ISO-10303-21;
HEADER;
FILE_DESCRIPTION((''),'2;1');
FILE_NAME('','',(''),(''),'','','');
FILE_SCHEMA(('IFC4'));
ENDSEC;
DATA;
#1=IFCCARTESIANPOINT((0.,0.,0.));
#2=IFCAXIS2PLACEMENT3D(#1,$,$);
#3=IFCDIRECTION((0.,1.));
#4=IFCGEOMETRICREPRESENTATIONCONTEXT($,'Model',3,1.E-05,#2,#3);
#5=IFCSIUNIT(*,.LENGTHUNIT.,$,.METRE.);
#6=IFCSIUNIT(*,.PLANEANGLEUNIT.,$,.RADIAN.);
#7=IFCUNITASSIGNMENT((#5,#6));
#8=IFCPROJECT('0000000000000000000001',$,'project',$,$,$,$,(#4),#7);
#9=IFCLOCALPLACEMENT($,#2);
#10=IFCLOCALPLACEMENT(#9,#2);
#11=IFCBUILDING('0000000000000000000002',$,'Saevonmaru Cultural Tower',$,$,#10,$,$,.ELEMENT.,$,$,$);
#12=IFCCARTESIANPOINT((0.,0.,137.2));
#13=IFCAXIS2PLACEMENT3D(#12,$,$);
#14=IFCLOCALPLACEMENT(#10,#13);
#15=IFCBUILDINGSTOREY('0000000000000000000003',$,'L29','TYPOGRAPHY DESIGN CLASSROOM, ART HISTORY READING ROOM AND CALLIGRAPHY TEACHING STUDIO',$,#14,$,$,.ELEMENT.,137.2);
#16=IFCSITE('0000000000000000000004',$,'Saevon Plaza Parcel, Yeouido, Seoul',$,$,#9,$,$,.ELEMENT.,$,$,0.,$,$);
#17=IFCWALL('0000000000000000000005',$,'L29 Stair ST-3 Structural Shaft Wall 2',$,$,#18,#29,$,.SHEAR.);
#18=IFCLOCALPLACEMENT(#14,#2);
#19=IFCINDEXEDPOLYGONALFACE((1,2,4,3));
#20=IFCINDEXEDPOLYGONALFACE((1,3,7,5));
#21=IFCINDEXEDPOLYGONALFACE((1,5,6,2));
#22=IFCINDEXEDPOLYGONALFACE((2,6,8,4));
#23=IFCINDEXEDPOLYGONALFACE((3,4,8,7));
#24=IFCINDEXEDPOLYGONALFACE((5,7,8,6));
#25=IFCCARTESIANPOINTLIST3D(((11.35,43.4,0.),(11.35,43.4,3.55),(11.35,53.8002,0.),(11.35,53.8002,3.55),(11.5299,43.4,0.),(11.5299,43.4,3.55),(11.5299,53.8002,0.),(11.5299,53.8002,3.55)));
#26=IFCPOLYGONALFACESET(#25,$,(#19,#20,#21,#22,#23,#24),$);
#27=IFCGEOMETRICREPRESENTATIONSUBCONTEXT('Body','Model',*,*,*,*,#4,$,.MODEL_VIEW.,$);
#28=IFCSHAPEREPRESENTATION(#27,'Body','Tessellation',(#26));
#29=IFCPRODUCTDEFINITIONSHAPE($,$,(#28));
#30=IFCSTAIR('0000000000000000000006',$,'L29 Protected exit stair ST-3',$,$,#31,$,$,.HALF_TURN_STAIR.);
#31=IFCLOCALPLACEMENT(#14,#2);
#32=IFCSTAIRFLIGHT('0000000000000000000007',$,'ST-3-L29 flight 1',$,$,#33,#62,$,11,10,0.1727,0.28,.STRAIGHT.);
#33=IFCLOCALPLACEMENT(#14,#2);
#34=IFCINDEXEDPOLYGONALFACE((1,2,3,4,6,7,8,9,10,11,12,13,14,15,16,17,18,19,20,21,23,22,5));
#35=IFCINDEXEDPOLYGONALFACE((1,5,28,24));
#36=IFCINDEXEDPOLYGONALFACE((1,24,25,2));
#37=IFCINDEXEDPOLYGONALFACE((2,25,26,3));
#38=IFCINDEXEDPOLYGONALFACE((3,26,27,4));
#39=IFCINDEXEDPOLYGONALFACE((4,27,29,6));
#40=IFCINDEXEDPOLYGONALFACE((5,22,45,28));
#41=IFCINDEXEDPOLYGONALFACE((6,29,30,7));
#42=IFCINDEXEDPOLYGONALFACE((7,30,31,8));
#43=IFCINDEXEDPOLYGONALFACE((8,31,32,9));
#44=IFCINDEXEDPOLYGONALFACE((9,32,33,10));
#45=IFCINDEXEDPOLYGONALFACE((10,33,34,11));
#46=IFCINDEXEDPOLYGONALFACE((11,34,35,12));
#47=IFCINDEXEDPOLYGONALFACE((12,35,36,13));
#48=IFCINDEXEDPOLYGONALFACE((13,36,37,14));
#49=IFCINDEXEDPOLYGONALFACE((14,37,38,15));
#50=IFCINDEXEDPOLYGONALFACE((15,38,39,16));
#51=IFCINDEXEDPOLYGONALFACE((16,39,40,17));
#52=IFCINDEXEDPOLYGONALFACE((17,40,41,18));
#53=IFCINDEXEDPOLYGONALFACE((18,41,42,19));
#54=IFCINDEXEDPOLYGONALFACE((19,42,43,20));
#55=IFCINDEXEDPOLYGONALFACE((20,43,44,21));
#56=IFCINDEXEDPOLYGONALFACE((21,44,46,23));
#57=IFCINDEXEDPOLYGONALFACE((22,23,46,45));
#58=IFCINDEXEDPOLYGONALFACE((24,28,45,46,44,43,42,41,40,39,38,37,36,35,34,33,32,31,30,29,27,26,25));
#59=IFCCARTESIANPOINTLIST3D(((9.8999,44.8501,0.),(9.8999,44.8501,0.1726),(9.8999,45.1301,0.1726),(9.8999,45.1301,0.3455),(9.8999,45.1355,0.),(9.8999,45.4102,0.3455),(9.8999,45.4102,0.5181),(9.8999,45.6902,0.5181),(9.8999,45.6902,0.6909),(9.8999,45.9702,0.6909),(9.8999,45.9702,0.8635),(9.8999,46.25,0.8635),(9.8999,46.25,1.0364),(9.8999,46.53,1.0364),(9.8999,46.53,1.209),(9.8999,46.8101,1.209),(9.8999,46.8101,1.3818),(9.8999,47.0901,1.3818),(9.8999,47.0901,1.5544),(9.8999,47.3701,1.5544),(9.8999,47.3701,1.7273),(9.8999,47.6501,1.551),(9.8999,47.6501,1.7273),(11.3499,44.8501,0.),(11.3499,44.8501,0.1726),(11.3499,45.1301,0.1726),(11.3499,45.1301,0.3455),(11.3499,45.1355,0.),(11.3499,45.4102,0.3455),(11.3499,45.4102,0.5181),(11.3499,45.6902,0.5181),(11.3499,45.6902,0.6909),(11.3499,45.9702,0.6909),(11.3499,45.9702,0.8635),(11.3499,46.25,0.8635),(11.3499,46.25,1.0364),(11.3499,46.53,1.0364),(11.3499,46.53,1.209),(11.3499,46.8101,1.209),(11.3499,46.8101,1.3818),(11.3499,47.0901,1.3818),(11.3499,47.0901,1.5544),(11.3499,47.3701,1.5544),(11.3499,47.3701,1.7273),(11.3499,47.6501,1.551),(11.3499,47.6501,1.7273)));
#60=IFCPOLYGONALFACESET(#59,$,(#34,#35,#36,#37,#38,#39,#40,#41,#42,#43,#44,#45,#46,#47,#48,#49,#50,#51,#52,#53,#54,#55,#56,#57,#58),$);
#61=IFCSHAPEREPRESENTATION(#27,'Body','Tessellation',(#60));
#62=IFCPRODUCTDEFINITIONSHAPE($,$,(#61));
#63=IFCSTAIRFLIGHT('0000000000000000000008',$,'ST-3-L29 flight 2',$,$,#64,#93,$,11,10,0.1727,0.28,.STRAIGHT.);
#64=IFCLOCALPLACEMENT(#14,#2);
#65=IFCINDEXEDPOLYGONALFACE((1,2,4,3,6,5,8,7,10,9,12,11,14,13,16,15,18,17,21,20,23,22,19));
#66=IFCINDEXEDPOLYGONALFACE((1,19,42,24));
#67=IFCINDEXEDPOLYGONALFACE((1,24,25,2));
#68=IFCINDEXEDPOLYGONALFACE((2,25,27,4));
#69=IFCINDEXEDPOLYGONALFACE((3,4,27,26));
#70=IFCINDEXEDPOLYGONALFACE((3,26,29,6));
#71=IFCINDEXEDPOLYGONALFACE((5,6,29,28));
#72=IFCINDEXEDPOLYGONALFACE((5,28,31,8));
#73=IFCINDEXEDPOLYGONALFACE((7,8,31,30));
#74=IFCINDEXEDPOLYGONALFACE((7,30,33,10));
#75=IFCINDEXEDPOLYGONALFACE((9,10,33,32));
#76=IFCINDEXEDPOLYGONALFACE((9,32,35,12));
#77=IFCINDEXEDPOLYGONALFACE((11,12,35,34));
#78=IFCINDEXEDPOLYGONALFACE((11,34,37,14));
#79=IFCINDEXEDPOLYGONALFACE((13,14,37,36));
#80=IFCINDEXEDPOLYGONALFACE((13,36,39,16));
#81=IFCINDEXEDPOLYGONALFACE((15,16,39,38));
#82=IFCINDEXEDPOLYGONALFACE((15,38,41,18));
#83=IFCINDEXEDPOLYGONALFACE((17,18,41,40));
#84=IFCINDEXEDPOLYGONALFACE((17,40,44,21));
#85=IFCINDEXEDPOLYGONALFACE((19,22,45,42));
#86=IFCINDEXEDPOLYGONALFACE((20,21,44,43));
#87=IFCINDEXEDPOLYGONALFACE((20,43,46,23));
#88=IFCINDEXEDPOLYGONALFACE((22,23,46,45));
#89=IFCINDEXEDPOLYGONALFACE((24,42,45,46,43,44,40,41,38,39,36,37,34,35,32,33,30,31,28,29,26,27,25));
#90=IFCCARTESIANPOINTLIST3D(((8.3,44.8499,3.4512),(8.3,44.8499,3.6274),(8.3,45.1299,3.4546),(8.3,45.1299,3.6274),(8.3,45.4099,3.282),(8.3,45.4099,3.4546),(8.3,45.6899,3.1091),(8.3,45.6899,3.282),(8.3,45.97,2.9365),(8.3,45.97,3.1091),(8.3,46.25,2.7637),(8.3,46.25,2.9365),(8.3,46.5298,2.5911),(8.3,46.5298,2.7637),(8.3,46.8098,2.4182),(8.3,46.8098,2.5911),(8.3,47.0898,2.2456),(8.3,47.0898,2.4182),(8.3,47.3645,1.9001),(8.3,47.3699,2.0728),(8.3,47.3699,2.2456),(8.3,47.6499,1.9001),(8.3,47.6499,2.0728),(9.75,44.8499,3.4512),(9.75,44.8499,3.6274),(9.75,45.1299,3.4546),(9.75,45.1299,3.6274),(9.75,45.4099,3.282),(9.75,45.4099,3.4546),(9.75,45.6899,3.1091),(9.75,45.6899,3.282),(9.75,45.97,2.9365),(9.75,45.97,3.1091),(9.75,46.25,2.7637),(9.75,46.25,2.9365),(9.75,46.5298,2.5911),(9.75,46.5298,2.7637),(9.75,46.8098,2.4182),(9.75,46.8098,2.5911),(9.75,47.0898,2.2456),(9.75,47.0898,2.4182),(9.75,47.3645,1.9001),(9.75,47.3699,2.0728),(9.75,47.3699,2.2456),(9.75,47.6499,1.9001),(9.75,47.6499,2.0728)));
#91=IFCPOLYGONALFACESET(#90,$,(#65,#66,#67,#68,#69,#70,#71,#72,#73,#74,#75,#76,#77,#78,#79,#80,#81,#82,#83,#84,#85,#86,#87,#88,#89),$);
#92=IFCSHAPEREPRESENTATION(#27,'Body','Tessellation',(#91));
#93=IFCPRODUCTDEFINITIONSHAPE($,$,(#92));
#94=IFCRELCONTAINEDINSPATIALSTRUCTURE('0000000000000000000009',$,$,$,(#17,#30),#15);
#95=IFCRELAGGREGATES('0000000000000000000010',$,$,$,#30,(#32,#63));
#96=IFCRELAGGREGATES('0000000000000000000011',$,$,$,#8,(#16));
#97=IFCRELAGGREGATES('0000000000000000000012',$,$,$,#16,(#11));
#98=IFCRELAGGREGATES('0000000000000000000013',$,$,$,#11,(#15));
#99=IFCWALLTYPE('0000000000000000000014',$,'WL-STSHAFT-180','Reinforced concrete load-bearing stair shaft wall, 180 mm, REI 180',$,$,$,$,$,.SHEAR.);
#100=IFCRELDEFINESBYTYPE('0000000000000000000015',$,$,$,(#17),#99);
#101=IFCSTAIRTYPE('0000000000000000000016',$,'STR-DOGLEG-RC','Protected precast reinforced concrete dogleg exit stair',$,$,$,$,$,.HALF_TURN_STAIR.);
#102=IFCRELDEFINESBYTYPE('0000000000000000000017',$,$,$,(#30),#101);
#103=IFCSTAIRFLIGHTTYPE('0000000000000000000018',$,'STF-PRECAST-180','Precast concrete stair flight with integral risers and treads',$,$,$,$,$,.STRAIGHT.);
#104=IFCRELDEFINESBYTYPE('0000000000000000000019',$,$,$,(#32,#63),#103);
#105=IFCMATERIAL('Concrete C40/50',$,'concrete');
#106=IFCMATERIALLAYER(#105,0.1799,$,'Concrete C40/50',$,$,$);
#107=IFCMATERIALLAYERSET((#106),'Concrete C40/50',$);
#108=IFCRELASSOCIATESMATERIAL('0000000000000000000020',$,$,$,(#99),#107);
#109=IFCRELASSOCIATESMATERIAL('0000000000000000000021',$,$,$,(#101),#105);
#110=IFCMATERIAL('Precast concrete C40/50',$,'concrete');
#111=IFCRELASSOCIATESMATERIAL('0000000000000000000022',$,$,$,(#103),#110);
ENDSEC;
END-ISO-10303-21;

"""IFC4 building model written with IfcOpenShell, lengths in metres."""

from ifc_helpers import new_model, si_unit, direction, frame, frame_2d, origin, place, context, subcontext, project, spatial, polyline, rectangle, outline, extrude, material, layer, layer_set, type_object, element, aggregate, save


model = new_model("IFC4")

# Units and contexts
model_context = context("Model", 3, precision=1e-05, world=origin(), true_north=direction((0.0, 1.0)))
body_context = subcontext(model_context, "Body", "Model", "MODEL_VIEW")
ifc_project = project(units=[si_unit("LENGTHUNIT", "METRE"), si_unit("PLANEANGLEUNIT", "RADIAN")], contexts=[model_context])

# Site, building, storey
site_placement = place(None, origin())
site = spatial("IfcSite", under=ifc_project, at=site_placement, Name="Saevon Plaza Parcel, Yeouido, Seoul", CompositionType="ELEMENT", RefElevation=0.0)
building_placement = place(site_placement, origin())
building = spatial("IfcBuilding", under=site, at=building_placement, Name="Saevonmaru Cultural Tower", CompositionType="ELEMENT")
storey_placement = place(building_placement, frame((0.0, 0.0, 137.2)))
storey = spatial("IfcBuildingStorey", under=building, at=storey_placement, Name="L29", Description="TYPOGRAPHY DESIGN CLASSROOM, ART HISTORY READING ROOM AND CALLIGRAPHY TEACHING STUDIO", CompositionType="ELEMENT", Elevation=137.2)

# Shared definitions
ifc_material_1 = material(Name="Concrete C40/50", Category="concrete")
ifc_layer_1 = layer(ifc_material_1, 0.1799, Name="Concrete C40/50")
ifc_layer_set_1 = layer_set([ifc_layer_1], Name="Concrete C40/50")
wall_type_1 = type_object("IfcWallType", Name="WL-STSHAFT-180", Description="Reinforced concrete load-bearing stair shaft wall, 180 mm, REI 180", PredefinedType="SHEAR", material=ifc_layer_set_1)

# Wall
wall_1_placement = place(storey_placement, frame((11.4399, 43.3999, 0.0), z_axis=(0.0, 0.0, 1.0), x_axis=(0.0, 1.0, 0.0)))
element("IfcWall", 1, at=wall_1_placement, inside=storey, type_object=wall_type_1, Name="L29 Stair ST-3 Structural Shaft Wall 2", PredefinedType="SHEAR", context=body_context, shape_type="SweptSolid", body=[
    extrude(rectangle(XDim=10.4001, YDim=0.1799, at=frame_2d((5.2002, 0.0))), origin(), (0.0, 0.0, 1.0), 3.55),
])

# Stair, stair flights
stair_type = type_object("IfcStairType", Name="STR-DOGLEG-RC", Description="Protected precast reinforced concrete dogleg exit stair", PredefinedType="HALF_TURN_STAIR", material=ifc_material_1)
stair_placement = place(storey_placement, origin())
stair = element("IfcStair", 2, at=stair_placement, inside=storey, type_object=stair_type, Name="L29 Protected exit stair ST-3", PredefinedType="HALF_TURN_STAIR")
ifc_material_2 = material(Name="Precast concrete C40/50", Category="concrete")
stair_flight_type = type_object("IfcStairFlightType", Name="STF-PRECAST-180", Description="Precast concrete stair flight with integral risers and treads", PredefinedType="STRAIGHT", material=ifc_material_2)
stair_flight_1_placement = place(storey_placement, frame((10.625, 44.8501, 0.0), z_axis=(0.0, 0.0, 1.0), x_axis=(0.0, 1.0, 0.0)))
stair_flight_1 = element("IfcStairFlight", 3, at=stair_flight_1_placement, type_object=stair_flight_type, Name="ST-3-L29 flight 1", NumberOfRisers=11, NumberOfTreads=10, PredefinedType="STRAIGHT", RiserHeight=0.1727, TreadLength=0.28, context=body_context, shape_type="SweptSolid", body=[
    extrude(outline(polyline([(0.0, 0.0), (0.0, 0.1726), (0.28, 0.1726), (0.28, 0.3455), (0.5601, 0.3455), (0.5601, 0.5181), (0.8401, 0.5181), (0.8401, 0.6909), (1.1201, 0.6909), (1.1201, 0.8635), (1.3999, 0.8635), (1.3999, 1.0364), (1.6799, 1.0364), (1.6799, 1.209), (1.96, 1.209), (1.96, 1.3818), (2.24, 1.3818), (2.24, 1.5544), (2.52, 1.5544), (2.52, 1.7273), (2.8, 1.7273), (2.8, 1.8999), (2.8, 1.551), (0.2854, 0.0), (0.0, 0.0)])), frame((0.0, 0.7251, 0.0), z_axis=(0.0, -1.0, 0.0), x_axis=(1.0, 0.0, 0.0)), (0.0, 0.0, 1.0), 1.45),
])
stair_flight_2_placement = place(storey_placement, frame((9.0249, 47.6499, 1.9001), z_axis=(0.0, 0.0, 1.0), x_axis=(0.0, -1.0, 0.0)))
stair_flight_2 = element("IfcStairFlight", 4, at=stair_flight_2_placement, type_object=stair_flight_type, Name="ST-3-L29 flight 2", NumberOfRisers=11, NumberOfTreads=10, PredefinedType="STRAIGHT", RiserHeight=0.1727, TreadLength=0.28, context=body_context, shape_type="SweptSolid", body=[
    extrude(outline(polyline([(0.0, 0.0), (0.0, 0.1726), (0.28, 0.1726), (0.28, 0.3455), (0.5601, 0.3455), (0.5601, 0.5181), (0.8401, 0.5181), (0.8401, 0.6909), (1.1201, 0.6909), (1.1201, 0.8635), (1.3999, 0.8635), (1.3999, 1.0364), (1.6799, 1.0364), (1.6799, 1.209), (1.96, 1.209), (1.96, 1.3818), (2.24, 1.3818), (2.24, 1.5544), (2.52, 1.5544), (2.52, 1.7273), (2.8, 1.7273), (2.8, 1.8999), (2.8, 1.551), (0.2854, 0.0), (0.0, 0.0)])), frame((0.0, 0.7251, 0.0), z_axis=(0.0, -1.0, 0.0), x_axis=(1.0, 0.0, 0.0)), (0.0, 0.0, 1.0), 1.45),
])
aggregate(stair, [stair_flight_1, stair_flight_2])

save(model, "model.ifc")
